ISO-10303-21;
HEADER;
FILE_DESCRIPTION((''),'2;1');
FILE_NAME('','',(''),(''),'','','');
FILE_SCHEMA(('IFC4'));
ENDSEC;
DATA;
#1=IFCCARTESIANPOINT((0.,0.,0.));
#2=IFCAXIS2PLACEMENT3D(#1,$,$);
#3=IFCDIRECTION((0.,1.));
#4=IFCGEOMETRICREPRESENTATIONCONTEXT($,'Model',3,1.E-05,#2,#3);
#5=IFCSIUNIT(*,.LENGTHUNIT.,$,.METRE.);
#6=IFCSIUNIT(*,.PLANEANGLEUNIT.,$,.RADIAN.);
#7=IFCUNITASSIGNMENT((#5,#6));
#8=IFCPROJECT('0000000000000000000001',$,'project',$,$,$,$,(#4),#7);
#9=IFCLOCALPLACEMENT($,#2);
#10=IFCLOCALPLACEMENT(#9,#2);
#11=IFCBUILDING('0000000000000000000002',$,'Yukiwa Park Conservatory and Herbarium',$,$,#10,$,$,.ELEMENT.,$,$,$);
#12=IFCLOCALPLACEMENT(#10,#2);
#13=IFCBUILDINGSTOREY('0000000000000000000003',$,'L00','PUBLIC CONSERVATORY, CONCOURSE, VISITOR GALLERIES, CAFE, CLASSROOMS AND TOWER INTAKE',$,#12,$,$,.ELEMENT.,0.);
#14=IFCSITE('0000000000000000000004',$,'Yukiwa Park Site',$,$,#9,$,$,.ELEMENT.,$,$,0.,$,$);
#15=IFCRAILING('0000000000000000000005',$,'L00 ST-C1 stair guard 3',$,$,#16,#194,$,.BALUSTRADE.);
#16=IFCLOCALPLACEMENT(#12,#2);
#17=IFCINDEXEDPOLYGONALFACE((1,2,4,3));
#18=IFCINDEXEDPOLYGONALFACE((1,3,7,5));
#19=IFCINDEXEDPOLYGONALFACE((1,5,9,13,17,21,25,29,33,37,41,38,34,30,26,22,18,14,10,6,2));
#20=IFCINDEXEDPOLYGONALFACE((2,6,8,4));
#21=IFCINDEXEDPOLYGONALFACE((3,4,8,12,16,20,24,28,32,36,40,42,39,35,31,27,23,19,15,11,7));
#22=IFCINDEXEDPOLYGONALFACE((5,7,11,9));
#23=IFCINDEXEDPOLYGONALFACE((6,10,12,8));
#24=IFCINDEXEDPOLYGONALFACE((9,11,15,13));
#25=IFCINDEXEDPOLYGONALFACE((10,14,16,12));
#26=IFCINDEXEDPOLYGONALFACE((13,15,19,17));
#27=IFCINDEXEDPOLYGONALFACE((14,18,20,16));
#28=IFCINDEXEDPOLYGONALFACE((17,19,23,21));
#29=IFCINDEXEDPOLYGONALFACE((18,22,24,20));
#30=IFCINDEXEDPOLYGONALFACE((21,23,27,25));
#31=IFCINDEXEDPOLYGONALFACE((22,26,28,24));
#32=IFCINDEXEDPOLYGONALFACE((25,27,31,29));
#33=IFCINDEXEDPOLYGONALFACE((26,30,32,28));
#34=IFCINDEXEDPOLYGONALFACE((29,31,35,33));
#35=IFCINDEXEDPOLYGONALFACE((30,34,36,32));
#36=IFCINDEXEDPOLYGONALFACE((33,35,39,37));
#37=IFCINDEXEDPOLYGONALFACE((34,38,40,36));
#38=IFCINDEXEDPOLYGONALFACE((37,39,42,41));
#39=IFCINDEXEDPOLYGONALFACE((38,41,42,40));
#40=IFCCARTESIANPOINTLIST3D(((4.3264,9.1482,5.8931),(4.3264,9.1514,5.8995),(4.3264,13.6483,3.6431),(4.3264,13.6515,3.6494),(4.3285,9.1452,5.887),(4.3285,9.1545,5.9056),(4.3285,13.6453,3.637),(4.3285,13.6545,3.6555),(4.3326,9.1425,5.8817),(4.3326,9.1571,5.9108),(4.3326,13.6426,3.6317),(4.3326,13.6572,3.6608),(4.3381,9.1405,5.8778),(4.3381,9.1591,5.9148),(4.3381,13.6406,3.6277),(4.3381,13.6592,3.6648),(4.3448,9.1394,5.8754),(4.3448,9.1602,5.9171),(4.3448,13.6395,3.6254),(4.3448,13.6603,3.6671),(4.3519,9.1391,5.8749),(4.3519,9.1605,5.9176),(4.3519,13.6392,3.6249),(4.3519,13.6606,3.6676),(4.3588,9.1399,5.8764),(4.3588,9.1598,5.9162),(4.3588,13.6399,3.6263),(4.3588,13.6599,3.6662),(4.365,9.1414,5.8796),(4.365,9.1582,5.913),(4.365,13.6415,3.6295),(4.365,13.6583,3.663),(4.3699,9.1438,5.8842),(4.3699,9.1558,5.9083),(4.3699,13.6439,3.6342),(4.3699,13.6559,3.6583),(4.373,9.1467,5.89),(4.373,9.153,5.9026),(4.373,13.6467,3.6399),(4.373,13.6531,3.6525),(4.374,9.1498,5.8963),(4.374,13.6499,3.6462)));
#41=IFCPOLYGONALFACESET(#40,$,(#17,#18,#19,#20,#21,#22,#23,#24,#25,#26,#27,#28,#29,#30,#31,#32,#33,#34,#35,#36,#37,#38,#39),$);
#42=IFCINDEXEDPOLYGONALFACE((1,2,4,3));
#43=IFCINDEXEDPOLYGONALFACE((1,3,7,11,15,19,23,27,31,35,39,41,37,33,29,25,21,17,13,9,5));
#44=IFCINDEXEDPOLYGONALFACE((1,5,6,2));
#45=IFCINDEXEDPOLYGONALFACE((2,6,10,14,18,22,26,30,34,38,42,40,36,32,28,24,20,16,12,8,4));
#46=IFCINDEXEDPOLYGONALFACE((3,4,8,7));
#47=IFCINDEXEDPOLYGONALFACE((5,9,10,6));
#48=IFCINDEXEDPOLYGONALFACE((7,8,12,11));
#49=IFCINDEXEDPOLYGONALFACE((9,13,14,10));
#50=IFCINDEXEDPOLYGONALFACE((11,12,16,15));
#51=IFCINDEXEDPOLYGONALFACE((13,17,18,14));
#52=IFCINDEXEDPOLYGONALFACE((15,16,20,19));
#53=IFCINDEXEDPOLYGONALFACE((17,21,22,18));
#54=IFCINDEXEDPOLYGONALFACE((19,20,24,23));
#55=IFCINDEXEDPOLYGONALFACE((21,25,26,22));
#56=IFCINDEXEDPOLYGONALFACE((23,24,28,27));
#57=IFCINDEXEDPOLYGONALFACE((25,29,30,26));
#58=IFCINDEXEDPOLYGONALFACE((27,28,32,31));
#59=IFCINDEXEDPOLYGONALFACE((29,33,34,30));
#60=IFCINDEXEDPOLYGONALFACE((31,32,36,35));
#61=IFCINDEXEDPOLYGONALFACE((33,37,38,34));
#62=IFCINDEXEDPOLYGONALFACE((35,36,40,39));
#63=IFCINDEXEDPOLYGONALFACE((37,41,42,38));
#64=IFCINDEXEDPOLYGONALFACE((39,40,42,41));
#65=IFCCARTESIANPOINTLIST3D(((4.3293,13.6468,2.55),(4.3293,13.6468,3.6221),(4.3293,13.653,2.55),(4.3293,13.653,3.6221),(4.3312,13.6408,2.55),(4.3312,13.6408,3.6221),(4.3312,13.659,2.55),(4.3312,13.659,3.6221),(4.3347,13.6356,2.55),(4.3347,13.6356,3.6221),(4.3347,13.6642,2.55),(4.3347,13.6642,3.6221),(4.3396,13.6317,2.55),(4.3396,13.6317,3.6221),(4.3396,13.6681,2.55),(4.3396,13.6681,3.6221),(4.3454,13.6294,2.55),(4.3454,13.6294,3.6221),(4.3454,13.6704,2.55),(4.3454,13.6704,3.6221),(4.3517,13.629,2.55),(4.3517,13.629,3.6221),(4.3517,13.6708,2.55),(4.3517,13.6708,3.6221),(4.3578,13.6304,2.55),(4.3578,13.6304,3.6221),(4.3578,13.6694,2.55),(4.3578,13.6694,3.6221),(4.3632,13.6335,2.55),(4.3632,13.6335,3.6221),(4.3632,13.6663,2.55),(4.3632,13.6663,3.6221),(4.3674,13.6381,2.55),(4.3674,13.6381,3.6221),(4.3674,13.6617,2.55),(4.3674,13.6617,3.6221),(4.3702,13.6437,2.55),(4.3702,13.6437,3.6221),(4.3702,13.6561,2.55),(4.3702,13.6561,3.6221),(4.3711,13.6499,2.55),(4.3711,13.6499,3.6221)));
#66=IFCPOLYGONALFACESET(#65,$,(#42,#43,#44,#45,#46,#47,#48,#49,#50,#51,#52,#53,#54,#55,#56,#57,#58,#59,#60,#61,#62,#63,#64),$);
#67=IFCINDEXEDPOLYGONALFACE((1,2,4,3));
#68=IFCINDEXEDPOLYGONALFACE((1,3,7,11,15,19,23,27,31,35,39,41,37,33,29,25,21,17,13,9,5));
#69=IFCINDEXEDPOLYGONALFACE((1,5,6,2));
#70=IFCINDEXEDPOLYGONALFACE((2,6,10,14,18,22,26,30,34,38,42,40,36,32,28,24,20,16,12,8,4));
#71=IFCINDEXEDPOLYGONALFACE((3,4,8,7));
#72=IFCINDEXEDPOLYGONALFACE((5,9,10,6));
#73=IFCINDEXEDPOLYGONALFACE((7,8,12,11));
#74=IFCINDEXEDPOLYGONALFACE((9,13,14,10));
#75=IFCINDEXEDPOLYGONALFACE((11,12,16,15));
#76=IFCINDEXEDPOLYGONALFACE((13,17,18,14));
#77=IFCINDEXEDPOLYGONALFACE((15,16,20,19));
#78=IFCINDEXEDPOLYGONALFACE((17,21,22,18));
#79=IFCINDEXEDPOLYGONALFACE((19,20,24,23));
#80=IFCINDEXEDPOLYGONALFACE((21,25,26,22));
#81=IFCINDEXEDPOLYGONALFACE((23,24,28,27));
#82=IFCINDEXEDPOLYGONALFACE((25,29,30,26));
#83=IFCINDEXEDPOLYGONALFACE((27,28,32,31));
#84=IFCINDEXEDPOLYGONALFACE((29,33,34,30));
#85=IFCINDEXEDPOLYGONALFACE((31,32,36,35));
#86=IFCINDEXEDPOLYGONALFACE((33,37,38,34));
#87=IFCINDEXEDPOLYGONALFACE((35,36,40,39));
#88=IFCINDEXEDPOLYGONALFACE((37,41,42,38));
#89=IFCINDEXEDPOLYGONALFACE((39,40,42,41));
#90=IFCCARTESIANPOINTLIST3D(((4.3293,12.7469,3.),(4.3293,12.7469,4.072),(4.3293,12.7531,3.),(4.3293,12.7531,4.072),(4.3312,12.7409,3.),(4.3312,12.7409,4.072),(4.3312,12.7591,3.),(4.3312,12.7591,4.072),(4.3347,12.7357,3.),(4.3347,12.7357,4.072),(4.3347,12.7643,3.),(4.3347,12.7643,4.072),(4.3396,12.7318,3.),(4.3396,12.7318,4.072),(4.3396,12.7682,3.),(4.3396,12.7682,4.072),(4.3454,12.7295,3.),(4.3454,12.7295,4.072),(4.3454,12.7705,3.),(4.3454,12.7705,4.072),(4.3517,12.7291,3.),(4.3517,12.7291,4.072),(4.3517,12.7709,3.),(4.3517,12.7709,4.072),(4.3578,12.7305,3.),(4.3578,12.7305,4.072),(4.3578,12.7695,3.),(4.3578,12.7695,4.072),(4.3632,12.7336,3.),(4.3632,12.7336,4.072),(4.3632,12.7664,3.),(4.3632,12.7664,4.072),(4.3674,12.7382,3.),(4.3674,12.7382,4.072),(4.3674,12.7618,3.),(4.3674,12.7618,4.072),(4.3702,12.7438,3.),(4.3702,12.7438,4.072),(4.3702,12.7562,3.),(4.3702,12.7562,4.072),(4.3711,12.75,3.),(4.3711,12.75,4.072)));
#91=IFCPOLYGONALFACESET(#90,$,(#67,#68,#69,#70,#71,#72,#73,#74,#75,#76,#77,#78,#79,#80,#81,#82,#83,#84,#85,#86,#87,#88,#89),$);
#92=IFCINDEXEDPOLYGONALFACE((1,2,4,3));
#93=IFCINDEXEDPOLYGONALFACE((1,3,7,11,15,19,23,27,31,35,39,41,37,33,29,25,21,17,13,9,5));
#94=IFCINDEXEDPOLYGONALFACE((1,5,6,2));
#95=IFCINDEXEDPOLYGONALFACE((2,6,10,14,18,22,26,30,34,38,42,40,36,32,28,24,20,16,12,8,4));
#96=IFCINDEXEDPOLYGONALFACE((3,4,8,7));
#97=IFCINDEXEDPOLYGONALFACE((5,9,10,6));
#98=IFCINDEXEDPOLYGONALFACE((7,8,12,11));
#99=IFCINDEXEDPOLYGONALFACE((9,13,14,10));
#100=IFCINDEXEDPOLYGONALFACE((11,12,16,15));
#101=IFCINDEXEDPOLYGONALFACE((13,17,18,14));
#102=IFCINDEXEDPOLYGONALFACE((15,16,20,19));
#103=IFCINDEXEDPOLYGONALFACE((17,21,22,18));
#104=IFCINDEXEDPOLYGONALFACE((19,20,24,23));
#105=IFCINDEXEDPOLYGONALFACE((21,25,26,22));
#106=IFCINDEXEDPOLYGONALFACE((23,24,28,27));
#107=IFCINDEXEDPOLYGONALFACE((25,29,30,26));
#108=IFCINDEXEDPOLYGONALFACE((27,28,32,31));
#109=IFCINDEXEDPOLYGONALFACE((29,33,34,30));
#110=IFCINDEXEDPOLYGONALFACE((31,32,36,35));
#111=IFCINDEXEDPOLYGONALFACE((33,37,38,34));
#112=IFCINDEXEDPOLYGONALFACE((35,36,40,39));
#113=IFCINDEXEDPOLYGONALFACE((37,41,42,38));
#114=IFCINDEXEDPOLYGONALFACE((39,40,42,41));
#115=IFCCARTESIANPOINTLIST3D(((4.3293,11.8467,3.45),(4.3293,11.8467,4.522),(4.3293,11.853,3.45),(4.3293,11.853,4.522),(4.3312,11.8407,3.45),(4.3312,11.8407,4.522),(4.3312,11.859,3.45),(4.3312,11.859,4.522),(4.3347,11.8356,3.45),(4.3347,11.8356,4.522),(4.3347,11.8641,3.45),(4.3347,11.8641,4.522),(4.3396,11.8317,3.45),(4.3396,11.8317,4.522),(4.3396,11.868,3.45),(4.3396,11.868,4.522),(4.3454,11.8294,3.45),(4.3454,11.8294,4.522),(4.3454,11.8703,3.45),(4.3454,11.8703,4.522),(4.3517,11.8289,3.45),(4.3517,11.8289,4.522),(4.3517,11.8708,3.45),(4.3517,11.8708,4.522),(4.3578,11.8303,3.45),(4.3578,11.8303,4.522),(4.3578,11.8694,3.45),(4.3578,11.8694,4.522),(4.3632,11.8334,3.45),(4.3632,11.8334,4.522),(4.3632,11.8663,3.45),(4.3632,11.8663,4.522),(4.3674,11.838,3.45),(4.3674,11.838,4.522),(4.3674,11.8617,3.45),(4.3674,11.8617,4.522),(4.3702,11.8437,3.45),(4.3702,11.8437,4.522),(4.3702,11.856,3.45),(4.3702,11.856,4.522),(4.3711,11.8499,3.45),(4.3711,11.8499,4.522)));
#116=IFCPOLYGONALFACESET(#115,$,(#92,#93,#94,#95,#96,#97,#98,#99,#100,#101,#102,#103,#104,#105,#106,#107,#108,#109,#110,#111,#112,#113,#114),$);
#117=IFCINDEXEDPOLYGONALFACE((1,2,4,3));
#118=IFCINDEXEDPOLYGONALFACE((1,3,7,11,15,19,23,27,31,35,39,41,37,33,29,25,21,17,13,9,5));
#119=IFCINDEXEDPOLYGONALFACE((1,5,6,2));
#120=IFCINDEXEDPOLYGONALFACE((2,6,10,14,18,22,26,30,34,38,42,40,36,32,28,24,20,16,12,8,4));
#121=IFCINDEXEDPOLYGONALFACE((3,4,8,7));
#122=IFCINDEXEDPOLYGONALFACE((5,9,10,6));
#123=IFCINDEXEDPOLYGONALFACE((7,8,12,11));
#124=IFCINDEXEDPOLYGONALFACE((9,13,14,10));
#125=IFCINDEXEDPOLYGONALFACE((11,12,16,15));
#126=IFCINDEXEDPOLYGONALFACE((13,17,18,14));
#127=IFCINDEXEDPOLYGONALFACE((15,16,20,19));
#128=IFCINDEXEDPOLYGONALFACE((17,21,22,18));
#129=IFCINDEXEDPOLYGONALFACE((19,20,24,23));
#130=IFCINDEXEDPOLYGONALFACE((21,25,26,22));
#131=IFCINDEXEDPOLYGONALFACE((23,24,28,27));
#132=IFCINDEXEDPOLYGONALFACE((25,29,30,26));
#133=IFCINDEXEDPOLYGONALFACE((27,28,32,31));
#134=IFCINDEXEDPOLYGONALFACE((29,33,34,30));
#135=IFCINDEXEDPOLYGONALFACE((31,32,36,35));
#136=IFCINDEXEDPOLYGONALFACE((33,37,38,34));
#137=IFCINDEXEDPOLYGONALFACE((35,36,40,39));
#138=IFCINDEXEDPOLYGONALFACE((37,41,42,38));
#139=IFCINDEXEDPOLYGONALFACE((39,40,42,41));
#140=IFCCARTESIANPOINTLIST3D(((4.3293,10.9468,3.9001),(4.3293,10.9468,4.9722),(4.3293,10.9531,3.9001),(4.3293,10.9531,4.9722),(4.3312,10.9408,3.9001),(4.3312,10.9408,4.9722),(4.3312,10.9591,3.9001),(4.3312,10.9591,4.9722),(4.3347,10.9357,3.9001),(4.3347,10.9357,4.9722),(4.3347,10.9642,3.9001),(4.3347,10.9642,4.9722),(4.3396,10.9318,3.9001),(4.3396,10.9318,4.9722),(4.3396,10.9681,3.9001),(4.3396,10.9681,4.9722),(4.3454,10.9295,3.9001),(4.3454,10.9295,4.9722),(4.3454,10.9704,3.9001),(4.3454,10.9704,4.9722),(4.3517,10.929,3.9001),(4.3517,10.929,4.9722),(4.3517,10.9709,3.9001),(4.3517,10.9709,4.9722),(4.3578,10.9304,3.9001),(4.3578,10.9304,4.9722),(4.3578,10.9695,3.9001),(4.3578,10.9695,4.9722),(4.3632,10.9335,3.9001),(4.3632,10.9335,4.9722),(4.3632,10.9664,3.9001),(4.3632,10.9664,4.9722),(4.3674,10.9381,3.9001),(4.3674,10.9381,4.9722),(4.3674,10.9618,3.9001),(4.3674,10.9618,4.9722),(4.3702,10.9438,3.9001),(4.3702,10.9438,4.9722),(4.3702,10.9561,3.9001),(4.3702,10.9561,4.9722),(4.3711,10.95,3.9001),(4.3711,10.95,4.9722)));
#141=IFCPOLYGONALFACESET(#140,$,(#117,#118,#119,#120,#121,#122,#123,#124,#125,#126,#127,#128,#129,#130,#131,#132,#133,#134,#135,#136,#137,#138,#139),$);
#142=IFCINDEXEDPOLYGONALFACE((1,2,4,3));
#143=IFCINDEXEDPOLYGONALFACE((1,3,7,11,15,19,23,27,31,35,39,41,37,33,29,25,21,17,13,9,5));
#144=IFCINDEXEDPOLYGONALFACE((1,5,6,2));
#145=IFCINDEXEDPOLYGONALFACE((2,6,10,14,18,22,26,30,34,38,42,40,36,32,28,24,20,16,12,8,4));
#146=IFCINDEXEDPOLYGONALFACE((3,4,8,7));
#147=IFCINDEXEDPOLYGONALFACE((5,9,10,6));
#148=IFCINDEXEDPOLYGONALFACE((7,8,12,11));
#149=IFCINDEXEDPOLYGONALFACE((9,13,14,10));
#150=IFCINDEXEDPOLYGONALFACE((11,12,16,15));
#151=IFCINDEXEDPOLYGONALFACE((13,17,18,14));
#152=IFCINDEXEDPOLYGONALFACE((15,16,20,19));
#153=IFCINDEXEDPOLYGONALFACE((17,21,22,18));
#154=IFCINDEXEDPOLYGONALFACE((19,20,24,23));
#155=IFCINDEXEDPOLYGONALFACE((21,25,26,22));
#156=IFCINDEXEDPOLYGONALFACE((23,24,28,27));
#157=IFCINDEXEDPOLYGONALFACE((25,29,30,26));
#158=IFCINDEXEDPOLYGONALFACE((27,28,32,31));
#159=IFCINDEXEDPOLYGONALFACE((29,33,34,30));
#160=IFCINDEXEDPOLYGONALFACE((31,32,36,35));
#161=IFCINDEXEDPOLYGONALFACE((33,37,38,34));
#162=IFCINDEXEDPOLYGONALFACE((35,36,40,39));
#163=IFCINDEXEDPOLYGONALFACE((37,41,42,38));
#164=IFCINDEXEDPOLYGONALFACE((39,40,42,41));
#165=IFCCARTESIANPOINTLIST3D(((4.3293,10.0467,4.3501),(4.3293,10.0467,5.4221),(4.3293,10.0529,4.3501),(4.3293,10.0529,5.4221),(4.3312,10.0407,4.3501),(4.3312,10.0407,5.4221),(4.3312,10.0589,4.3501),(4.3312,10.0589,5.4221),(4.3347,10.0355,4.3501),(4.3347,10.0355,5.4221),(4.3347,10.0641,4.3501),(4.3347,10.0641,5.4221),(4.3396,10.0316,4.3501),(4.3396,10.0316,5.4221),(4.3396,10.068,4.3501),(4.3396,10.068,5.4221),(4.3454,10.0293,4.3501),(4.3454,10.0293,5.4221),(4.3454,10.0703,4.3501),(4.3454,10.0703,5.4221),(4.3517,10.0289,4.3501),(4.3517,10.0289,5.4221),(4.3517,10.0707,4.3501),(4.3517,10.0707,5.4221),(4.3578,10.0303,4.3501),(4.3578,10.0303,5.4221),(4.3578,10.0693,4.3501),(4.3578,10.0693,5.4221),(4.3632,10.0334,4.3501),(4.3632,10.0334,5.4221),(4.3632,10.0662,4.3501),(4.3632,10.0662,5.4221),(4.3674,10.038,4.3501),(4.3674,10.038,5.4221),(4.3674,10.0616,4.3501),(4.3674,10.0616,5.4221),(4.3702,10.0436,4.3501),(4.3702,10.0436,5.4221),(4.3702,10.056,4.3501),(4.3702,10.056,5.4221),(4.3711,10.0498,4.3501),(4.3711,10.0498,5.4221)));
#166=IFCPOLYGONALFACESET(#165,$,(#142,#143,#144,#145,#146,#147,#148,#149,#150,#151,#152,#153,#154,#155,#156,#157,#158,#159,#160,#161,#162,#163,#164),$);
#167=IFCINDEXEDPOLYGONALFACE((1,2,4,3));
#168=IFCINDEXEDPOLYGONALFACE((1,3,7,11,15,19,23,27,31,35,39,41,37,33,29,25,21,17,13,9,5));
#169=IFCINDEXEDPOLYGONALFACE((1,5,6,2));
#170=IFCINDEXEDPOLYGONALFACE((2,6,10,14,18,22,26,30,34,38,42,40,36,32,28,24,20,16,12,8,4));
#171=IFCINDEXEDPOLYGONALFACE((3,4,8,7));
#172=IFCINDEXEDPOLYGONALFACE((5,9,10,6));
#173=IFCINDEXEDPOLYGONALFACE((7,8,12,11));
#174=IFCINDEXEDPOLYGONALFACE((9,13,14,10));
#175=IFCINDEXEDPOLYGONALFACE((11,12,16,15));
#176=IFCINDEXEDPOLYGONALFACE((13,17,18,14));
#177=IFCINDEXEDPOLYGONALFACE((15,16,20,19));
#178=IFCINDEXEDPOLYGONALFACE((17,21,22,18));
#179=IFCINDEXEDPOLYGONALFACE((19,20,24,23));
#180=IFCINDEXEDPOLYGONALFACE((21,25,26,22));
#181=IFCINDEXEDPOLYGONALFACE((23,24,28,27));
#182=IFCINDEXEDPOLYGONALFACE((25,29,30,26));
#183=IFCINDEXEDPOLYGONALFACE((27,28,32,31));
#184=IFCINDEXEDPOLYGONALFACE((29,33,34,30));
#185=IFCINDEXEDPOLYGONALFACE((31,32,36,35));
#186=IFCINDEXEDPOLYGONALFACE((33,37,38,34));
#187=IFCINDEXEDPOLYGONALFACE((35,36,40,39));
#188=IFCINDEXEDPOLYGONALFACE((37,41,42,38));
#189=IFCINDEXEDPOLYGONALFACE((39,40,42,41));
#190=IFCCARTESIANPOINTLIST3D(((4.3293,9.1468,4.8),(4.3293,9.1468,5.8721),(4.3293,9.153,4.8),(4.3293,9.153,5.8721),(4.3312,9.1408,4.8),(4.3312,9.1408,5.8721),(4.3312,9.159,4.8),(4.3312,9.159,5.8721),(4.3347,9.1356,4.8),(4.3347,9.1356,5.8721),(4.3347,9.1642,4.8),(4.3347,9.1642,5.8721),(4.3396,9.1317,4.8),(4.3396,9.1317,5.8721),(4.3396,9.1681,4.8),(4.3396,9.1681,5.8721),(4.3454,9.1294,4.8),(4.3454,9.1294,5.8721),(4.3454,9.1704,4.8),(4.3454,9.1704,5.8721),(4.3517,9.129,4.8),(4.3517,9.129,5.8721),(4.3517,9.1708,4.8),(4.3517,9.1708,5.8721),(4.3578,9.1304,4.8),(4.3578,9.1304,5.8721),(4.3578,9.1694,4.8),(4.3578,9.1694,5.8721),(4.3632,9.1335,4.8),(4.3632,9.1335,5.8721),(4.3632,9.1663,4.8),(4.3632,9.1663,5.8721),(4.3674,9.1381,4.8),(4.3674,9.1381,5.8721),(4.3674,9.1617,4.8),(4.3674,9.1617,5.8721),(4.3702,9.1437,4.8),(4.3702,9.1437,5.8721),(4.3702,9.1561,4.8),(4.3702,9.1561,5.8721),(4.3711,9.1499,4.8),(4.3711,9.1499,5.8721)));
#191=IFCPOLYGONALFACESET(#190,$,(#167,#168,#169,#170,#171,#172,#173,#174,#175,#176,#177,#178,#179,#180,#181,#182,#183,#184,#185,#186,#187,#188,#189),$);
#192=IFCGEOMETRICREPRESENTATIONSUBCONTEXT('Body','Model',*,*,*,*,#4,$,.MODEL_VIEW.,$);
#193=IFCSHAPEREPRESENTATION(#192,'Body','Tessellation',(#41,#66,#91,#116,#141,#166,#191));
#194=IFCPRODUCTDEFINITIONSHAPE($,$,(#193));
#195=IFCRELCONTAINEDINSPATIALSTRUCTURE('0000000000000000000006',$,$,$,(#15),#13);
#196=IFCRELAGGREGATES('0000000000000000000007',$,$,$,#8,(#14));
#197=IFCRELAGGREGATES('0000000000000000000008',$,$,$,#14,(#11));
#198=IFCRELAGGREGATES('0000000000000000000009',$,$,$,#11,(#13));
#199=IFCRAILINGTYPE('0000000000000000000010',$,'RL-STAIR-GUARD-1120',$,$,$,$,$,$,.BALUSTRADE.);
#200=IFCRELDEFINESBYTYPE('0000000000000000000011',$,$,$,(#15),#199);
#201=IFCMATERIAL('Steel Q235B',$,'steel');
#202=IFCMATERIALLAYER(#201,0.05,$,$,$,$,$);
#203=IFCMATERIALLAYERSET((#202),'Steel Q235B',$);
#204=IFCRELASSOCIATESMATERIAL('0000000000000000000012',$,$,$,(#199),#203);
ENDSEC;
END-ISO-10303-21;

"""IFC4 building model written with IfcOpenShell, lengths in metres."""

from ifc_helpers import new_model, si_unit, direction, frame, origin, origin_2d, place, context, subcontext, project, spatial, circle, extrude, material, layer, layer_set, type_object, element, save


model = new_model("IFC4")

# Units and contexts
model_context = context("Model", 3, precision=1e-05, world=origin(), true_north=direction((0.0, 1.0)))
body_context = subcontext(model_context, "Body", "Model", "MODEL_VIEW")
ifc_project = project(units=[si_unit("LENGTHUNIT", "METRE"), si_unit("PLANEANGLEUNIT", "RADIAN")], contexts=[model_context])

# Site, building, storey
site_placement = place(None, origin())
site = spatial("IfcSite", under=ifc_project, at=site_placement, Name="Yukiwa Park Site", CompositionType="ELEMENT", RefElevation=0.0)
building_placement = place(site_placement, origin())
building = spatial("IfcBuilding", under=site, at=building_placement, Name="Yukiwa Park Conservatory and Herbarium", CompositionType="ELEMENT")
storey_placement = place(building_placement, origin())
storey = spatial("IfcBuildingStorey", under=building, at=storey_placement, Name="L00", Description="PUBLIC CONSERVATORY, CONCOURSE, VISITOR GALLERIES, CAFE, CLASSROOMS AND TOWER INTAKE", CompositionType="ELEMENT", Elevation=0.0)

# Railing
ifc_material_1 = material(Name="Steel Q235B", Category="steel")
ifc_layer_1 = layer(ifc_material_1, 0.05)
ifc_layer_set_1 = layer_set([ifc_layer_1], Name="Steel Q235B")
railing_type_1 = type_object("IfcRailingType", Name="RL-STAIR-GUARD-1120", PredefinedType="BALUSTRADE", material=ifc_layer_set_1)
railing_1_placement = place(storey_placement, frame((4.3501, 13.6499, 2.55)))
element("IfcRailing", 1, at=railing_1_placement, inside=storey, type_object=railing_type_1, Name="L00 ST-C1 stair guard 3", PredefinedType="BALUSTRADE", context=body_context, shape_type="SweptSolid", body=[
    extrude(circle(Radius=0.0239, at=origin_2d()), frame((0.0, 0.0, 1.0962), z_axis=(0.0, -0.894427, 0.447214), x_axis=(1.0, 0.0, 0.0)), (0.0, 0.0, 1.0), 5.0312),
    extrude(circle(Radius=0.021, at=origin_2d()), origin(), (0.0, 0.0, 1.0), 1.072),
    extrude(circle(Radius=0.021, at=origin_2d()), frame((0.0, -0.8999, 0.45)), (0.0, 0.0, 1.0), 1.072),
    extrude(circle(Radius=0.021, at=origin_2d()), frame((0.0, -1.8, 0.8999)), (0.0, 0.0, 1.0), 1.072),
    extrude(circle(Radius=0.021, at=origin_2d()), frame((0.0, -2.7, 1.3501)), (0.0, 0.0, 1.0), 1.072),
    extrude(circle(Radius=0.021, at=origin_2d()), frame((0.0, -3.6001, 1.8)), (0.0, 0.0, 1.0), 1.072),
    extrude(circle(Radius=0.021, at=origin_2d()), frame((0.0, -4.5, 2.25)), (0.0, 0.0, 1.0), 1.072),
])

save(model, "model.ifc")
